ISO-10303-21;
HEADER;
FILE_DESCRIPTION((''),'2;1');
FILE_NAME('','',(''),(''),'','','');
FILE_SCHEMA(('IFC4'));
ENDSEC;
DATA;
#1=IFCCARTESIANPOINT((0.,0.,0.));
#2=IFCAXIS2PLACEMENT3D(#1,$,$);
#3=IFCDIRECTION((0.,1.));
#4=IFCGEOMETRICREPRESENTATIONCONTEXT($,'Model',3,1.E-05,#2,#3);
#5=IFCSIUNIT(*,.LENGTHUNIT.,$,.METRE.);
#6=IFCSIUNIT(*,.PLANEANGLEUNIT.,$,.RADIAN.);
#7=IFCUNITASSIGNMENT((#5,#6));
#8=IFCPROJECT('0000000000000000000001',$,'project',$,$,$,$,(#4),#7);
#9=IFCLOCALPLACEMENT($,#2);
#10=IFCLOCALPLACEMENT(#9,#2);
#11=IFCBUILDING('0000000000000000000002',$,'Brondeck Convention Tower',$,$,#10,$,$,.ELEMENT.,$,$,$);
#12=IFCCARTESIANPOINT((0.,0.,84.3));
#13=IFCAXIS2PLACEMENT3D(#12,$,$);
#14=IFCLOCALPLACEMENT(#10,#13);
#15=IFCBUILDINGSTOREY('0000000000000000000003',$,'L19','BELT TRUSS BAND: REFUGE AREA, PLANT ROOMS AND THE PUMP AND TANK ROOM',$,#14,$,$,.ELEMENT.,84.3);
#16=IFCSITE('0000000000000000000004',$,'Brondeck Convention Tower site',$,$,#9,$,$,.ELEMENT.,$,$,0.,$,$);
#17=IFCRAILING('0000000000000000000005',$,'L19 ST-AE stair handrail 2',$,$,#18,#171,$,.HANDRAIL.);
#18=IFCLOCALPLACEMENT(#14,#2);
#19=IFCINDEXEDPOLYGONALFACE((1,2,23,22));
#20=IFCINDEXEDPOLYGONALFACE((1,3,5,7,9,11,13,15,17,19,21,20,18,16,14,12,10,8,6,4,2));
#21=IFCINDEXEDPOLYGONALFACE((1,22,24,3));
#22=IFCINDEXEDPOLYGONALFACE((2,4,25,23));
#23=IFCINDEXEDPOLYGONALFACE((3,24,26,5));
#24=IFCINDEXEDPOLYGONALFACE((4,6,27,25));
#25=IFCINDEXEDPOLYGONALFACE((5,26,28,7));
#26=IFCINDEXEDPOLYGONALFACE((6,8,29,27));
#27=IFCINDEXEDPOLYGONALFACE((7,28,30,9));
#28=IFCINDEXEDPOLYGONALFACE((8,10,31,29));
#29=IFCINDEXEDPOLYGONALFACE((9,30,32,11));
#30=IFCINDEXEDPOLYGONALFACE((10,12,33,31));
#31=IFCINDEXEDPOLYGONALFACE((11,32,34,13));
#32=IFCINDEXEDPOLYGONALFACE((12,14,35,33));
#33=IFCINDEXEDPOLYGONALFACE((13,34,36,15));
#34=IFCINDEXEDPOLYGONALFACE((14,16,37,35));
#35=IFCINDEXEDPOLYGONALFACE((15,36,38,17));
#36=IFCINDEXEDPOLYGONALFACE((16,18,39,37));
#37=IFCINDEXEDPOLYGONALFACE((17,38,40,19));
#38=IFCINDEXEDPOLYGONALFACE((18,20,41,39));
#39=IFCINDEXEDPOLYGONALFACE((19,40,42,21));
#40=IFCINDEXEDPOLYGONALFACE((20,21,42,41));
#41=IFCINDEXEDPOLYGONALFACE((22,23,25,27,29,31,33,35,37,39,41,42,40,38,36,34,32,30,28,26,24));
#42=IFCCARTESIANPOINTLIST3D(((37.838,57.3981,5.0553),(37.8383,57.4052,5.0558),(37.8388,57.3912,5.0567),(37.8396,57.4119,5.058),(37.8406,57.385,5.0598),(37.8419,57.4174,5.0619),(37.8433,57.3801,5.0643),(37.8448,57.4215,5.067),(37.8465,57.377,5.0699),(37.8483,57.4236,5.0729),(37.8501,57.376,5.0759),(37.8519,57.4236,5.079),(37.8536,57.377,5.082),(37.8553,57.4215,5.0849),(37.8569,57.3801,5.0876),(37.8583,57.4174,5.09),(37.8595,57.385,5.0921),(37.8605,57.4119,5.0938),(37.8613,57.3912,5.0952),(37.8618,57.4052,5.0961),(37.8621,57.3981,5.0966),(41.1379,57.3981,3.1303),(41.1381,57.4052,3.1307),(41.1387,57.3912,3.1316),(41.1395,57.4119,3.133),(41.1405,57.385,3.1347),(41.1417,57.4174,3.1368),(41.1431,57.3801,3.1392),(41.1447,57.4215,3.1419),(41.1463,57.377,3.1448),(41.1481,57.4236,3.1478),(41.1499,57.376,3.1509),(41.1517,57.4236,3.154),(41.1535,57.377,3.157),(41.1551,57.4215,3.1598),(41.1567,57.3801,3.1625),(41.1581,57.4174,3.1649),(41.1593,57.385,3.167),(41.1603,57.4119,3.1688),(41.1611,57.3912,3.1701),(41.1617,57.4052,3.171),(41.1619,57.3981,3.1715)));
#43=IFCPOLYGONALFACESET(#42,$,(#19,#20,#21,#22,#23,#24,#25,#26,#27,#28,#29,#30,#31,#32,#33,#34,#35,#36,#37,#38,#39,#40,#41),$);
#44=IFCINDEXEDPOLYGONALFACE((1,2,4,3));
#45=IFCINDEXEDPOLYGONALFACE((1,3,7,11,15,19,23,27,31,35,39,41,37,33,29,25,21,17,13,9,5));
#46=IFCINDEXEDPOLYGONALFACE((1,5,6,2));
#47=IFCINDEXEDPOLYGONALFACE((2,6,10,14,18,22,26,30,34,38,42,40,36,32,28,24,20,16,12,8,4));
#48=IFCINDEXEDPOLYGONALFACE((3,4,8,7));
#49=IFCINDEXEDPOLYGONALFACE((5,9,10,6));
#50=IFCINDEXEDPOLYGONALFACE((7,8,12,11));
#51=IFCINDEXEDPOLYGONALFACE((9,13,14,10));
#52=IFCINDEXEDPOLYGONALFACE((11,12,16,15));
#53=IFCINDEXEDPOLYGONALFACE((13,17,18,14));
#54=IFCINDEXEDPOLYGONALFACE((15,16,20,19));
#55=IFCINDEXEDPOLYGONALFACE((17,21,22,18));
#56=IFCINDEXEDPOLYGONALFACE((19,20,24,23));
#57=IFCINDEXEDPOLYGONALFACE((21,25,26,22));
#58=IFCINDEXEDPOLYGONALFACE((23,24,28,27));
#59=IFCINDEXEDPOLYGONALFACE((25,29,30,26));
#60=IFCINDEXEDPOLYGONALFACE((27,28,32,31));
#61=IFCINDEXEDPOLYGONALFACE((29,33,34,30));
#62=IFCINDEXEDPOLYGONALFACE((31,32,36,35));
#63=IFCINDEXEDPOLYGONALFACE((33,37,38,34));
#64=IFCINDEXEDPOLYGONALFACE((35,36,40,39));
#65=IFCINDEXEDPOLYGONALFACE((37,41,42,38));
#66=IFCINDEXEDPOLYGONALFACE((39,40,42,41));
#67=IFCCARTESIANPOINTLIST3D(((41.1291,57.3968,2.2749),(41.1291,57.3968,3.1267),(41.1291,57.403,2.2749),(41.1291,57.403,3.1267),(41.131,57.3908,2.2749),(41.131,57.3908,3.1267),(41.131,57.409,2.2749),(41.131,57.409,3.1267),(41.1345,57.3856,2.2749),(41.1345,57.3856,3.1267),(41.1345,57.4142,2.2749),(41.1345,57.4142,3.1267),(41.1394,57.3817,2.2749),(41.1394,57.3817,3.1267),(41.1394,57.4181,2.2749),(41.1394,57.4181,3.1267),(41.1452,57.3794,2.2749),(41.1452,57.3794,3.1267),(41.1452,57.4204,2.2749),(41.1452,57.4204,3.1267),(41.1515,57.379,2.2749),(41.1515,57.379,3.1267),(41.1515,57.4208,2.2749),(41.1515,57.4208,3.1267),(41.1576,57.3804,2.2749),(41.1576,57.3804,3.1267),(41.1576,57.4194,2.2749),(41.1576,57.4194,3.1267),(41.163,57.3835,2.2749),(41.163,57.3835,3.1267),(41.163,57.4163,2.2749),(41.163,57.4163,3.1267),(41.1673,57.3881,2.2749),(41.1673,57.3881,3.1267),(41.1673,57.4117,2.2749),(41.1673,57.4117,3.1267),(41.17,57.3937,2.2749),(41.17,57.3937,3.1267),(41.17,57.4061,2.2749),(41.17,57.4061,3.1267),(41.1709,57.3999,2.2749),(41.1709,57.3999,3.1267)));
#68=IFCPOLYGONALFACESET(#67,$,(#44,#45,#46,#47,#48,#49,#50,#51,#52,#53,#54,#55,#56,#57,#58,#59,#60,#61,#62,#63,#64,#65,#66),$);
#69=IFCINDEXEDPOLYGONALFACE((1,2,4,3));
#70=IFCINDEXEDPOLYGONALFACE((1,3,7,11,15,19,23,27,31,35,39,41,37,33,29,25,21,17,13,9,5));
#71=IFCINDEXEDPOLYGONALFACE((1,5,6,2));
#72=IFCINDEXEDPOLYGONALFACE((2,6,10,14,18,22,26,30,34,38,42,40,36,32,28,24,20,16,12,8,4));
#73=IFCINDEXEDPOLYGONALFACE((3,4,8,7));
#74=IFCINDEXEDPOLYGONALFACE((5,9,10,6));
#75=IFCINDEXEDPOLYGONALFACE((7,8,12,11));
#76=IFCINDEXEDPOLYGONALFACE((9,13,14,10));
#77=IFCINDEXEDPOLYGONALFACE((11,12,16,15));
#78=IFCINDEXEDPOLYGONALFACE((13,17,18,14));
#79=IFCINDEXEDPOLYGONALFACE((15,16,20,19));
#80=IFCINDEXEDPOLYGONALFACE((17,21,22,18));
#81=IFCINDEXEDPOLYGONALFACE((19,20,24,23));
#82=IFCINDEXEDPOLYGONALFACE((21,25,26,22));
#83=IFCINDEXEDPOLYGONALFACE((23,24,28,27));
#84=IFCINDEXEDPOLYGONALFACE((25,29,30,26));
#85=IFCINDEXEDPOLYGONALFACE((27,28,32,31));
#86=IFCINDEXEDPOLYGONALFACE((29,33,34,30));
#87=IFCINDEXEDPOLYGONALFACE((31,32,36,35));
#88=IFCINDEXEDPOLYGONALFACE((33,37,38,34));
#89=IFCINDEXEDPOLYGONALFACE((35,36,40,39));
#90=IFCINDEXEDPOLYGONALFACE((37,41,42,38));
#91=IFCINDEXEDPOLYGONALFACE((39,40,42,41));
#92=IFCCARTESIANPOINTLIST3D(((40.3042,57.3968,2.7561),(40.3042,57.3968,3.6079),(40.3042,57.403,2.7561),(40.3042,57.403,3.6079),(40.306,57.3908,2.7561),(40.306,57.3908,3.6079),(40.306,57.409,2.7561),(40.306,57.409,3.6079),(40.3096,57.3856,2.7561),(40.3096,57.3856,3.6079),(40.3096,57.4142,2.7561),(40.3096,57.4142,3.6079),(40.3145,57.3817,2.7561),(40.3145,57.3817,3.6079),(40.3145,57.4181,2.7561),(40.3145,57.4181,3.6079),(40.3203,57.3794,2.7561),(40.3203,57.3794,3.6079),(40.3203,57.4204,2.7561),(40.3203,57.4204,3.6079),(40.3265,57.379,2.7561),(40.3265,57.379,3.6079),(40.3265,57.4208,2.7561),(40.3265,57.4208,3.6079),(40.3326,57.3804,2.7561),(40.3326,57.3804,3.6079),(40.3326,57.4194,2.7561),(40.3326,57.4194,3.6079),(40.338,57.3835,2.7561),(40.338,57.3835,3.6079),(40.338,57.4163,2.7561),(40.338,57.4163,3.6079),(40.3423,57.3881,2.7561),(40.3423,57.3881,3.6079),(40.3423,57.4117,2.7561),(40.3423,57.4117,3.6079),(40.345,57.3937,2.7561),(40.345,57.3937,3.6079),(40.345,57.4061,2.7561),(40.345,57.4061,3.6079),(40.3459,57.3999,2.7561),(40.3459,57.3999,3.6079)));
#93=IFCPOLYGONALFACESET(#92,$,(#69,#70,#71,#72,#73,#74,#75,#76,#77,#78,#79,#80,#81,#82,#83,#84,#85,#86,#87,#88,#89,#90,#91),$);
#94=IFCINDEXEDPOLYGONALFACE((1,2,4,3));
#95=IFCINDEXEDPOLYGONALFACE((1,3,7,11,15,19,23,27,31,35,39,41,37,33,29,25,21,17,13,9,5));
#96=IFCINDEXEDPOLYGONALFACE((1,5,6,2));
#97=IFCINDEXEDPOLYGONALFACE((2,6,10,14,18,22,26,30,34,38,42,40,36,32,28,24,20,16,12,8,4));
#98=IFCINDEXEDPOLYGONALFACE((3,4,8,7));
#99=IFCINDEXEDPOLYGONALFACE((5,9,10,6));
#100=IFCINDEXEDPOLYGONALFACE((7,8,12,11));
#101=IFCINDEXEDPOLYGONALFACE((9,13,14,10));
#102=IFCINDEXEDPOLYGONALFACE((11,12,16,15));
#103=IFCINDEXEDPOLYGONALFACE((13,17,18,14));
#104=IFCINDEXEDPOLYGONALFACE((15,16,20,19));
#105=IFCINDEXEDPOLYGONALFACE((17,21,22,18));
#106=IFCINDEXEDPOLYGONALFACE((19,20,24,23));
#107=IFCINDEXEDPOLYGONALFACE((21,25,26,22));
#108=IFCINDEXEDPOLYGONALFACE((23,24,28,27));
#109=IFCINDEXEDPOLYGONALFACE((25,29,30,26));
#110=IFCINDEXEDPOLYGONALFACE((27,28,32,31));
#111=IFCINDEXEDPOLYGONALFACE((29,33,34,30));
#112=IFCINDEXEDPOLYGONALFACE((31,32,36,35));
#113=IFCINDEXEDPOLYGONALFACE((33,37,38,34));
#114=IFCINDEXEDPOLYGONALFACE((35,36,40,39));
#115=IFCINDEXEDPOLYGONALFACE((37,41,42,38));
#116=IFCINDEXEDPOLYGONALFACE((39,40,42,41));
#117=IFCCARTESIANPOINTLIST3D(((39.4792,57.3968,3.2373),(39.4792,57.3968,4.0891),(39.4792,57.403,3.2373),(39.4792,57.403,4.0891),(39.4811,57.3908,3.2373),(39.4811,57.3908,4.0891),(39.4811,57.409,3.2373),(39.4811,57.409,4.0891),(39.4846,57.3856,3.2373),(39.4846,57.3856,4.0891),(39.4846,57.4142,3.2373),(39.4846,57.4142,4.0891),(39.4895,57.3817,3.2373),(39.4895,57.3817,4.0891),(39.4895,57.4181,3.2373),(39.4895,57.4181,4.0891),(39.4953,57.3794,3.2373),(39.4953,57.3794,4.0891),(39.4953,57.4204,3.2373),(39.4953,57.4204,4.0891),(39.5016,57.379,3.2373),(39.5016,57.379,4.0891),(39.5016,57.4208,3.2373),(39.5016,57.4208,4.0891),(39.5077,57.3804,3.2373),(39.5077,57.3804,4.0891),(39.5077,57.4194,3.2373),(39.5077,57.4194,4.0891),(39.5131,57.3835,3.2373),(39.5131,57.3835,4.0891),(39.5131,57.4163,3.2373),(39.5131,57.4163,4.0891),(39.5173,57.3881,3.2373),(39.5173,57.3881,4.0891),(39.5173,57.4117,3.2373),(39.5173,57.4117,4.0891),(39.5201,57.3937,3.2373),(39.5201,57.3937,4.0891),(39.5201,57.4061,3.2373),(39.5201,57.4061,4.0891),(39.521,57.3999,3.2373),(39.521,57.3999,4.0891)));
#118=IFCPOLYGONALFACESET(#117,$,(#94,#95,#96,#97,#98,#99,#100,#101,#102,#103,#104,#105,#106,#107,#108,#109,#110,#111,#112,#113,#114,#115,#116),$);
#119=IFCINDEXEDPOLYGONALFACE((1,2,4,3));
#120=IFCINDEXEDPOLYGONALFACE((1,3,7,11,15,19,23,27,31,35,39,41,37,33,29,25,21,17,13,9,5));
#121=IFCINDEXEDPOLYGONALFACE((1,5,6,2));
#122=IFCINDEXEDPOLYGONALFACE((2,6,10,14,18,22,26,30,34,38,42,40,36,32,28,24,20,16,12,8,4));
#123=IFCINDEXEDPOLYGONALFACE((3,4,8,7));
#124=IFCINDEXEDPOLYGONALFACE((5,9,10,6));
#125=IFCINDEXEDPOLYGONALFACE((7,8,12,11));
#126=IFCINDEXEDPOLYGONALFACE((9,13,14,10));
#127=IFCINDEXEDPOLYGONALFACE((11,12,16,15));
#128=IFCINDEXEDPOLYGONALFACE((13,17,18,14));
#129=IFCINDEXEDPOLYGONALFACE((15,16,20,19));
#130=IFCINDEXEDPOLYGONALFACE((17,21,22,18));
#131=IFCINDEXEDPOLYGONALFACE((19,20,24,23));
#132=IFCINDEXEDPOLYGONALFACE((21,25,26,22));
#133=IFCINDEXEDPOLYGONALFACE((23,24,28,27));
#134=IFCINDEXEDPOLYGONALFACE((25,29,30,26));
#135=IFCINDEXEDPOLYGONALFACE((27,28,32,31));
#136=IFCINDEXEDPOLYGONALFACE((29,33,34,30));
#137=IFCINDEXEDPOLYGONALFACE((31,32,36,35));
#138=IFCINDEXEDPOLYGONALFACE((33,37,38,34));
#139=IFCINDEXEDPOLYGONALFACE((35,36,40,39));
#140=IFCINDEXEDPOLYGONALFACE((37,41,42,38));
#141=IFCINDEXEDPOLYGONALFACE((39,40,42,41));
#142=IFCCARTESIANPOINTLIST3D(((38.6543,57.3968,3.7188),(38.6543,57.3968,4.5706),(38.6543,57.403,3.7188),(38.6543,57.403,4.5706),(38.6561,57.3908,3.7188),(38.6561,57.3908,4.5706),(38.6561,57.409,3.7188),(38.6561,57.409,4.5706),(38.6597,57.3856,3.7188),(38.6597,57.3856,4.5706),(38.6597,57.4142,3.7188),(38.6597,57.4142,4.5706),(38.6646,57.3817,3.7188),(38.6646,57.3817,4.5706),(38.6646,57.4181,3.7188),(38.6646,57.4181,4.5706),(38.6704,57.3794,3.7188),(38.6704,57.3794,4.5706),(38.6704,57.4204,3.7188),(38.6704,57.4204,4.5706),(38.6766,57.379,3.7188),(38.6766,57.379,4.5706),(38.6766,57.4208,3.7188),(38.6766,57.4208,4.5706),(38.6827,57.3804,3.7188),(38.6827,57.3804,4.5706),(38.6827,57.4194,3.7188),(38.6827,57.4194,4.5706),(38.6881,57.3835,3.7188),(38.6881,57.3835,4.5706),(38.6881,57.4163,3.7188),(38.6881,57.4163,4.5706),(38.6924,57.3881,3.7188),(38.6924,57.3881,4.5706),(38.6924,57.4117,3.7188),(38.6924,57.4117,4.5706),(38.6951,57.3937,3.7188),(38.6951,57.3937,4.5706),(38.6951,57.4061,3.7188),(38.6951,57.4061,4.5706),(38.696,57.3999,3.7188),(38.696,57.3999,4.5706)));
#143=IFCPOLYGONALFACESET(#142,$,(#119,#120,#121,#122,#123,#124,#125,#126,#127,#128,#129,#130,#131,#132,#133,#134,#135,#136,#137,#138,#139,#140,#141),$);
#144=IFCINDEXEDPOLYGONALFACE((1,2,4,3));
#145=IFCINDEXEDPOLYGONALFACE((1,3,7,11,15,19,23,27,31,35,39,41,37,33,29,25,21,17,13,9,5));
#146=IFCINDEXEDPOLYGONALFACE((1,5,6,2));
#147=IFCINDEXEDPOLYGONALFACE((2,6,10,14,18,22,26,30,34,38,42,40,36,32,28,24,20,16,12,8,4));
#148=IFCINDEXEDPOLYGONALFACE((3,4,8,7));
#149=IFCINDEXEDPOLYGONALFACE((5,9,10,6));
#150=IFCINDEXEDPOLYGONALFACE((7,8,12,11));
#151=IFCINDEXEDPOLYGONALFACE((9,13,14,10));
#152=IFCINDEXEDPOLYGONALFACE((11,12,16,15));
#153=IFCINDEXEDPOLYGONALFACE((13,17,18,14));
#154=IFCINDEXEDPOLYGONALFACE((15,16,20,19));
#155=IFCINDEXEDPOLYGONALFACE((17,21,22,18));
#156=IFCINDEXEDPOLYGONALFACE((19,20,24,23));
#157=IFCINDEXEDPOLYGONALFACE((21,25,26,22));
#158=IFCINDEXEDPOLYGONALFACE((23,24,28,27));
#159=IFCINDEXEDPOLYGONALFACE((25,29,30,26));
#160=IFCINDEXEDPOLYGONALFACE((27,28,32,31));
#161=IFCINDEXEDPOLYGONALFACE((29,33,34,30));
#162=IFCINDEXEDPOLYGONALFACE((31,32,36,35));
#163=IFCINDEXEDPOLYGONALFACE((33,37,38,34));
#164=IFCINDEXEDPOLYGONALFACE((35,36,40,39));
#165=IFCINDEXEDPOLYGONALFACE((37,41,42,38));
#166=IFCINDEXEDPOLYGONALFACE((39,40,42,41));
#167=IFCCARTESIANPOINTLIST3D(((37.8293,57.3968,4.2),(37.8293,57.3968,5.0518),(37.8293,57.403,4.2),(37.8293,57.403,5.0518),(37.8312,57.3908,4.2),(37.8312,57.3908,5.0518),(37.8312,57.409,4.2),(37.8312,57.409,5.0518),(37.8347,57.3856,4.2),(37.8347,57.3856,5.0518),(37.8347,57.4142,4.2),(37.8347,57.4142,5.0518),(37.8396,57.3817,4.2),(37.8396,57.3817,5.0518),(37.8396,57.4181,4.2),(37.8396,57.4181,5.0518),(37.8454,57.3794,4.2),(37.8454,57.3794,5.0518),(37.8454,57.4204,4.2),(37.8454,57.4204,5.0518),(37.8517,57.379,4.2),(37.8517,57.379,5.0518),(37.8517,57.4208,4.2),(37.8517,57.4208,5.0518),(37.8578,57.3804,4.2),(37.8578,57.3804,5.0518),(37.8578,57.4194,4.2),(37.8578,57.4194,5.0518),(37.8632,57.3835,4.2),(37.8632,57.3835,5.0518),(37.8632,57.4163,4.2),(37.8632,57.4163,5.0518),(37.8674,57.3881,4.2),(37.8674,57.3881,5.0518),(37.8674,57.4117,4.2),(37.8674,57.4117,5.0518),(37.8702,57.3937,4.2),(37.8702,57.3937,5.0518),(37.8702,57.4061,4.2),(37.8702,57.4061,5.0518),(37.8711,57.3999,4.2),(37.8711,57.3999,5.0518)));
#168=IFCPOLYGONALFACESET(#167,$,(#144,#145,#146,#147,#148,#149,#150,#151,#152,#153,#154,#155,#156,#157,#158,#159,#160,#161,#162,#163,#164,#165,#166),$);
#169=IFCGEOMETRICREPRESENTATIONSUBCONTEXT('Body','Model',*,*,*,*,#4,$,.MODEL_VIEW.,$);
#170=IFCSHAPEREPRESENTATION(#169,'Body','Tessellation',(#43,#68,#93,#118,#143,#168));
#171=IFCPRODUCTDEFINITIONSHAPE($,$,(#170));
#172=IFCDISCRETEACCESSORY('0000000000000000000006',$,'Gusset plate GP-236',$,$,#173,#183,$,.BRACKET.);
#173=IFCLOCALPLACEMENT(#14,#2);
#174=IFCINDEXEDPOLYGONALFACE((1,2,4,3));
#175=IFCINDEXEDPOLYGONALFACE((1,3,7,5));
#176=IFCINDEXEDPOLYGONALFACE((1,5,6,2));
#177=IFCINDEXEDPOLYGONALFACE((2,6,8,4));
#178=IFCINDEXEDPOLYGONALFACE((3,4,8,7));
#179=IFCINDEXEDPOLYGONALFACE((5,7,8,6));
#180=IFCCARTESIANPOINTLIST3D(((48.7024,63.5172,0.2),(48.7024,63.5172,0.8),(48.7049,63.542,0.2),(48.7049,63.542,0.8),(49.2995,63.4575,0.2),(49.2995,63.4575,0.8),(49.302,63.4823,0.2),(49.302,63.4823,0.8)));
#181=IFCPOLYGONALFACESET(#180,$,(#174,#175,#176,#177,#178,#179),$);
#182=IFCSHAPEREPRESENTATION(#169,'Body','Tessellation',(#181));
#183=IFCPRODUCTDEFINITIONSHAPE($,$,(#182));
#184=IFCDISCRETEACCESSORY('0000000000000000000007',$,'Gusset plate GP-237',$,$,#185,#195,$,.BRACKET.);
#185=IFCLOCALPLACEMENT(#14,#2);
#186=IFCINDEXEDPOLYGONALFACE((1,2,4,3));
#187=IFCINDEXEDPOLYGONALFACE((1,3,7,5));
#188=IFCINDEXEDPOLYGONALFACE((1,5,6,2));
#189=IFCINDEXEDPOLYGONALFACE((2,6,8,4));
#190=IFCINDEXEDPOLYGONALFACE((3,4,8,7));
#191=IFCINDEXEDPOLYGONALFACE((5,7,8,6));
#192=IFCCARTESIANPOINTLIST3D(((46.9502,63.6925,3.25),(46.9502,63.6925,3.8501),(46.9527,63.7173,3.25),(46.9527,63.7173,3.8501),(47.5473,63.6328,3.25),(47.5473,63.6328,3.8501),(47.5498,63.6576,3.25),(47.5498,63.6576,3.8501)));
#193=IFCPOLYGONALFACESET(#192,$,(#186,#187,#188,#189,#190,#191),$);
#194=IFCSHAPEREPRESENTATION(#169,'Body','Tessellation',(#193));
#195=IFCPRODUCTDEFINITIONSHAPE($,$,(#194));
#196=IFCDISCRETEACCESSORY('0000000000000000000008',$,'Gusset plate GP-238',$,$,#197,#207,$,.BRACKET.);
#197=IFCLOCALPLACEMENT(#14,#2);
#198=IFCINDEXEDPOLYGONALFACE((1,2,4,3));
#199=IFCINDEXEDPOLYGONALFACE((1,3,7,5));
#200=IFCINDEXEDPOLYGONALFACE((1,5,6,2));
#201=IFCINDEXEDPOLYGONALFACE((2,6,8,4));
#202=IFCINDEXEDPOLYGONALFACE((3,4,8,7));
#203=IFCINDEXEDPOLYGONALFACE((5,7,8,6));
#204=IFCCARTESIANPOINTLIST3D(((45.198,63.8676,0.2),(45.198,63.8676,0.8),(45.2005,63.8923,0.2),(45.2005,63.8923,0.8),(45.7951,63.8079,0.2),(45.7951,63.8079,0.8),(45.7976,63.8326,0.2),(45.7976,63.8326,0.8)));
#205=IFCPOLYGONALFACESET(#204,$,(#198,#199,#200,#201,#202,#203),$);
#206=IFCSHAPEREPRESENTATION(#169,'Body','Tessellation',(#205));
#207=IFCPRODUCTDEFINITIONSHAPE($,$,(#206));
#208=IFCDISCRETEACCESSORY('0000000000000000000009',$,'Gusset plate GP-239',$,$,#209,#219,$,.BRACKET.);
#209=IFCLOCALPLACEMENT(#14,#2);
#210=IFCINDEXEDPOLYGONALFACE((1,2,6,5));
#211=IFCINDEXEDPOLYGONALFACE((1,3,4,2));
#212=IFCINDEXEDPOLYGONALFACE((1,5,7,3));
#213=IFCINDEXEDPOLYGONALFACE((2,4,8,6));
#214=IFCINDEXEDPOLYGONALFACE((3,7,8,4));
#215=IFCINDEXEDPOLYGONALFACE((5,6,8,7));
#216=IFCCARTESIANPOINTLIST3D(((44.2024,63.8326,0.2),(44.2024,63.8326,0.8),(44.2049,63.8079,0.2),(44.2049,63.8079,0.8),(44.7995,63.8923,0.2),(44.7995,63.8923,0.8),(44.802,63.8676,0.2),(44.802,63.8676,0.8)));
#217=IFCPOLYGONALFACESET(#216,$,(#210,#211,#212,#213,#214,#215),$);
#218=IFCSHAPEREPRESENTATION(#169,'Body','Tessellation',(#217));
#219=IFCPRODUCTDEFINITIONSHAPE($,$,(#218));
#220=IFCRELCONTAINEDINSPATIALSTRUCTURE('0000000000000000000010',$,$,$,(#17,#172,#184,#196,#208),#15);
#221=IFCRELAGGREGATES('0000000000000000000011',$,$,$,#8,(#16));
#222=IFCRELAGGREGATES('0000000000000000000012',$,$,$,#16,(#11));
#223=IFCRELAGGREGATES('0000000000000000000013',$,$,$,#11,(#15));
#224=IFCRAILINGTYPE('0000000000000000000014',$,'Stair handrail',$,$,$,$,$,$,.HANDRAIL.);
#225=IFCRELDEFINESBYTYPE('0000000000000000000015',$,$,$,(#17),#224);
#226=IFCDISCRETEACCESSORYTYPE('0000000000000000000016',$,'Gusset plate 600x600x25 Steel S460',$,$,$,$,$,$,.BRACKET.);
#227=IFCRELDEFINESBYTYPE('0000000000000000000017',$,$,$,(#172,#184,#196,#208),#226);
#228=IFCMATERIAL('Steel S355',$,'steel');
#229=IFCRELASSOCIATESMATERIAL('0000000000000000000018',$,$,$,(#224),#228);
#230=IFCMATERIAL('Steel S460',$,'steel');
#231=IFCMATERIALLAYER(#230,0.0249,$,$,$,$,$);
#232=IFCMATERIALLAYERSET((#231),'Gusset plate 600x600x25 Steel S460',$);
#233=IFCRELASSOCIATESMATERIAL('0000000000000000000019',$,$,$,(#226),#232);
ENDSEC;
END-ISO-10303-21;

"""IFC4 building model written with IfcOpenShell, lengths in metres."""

from ifc_helpers import new_model, si_unit, direction, frame, origin, origin_2d, place, context, subcontext, project, spatial, rectangle, circle, extrude, material, layer, layer_set, type_object, element, save


model = new_model("IFC4")

# Units and contexts
model_context = context("Model", 3, precision=1e-05, world=origin(), true_north=direction((0.0, 1.0)))
body_context = subcontext(model_context, "Body", "Model", "MODEL_VIEW")
ifc_project = project(units=[si_unit("LENGTHUNIT", "METRE"), si_unit("PLANEANGLEUNIT", "RADIAN")], contexts=[model_context])

# Site, building, storey
site_placement = place(None, origin())
site = spatial("IfcSite", under=ifc_project, at=site_placement, Name="Brondeck Convention Tower site", CompositionType="ELEMENT", RefElevation=0.0)
building_placement = place(site_placement, origin())
building = spatial("IfcBuilding", under=site, at=building_placement, Name="Brondeck Convention Tower", CompositionType="ELEMENT")
storey_placement = place(building_placement, frame((0.0, 0.0, 84.3)))
storey = spatial("IfcBuildingStorey", under=building, at=storey_placement, Name="L19", Description="BELT TRUSS BAND: REFUGE AREA, PLANT ROOMS AND THE PUMP AND TANK ROOM", CompositionType="ELEMENT", Elevation=84.3)

# Shared definitions
ifc_material_1 = material(Name="Steel S460", Category="steel")

# Railing
ifc_material_2 = material(Name="Steel S355", Category="steel")
railing_type_1 = type_object("IfcRailingType", Name="Stair handrail", PredefinedType="HANDRAIL", material=ifc_material_2)
railing_1_placement = place(storey_placement, frame((41.1499, 57.3999, 2.2749)))
element("IfcRailing", 1, at=railing_1_placement, inside=storey, type_object=railing_type_1, Name="L19 ST-AE stair handrail 2", PredefinedType="HANDRAIL", context=body_context, shape_type="SweptSolid", body=[
    extrude(circle(Radius=0.0239, at=origin_2d()), frame((0.0, 0.0, 0.876), z_axis=(-0.86376, 0.0, 0.503903), x_axis=(0.0, -1.0, 0.0)), (0.0, 0.0, 1.0), 3.8203),
    extrude(circle(Radius=0.021, at=origin_2d()), origin(), (0.0, 0.0, 1.0), 0.8518),
    extrude(circle(Radius=0.021, at=origin_2d()), frame((-0.825, 0.0, 0.4812)), (0.0, 0.0, 1.0), 0.8518),
    extrude(circle(Radius=0.021, at=origin_2d()), frame((-1.6499, 0.0, 0.9624)), (0.0, 0.0, 1.0), 0.8518),
    extrude(circle(Radius=0.021, at=origin_2d()), frame((-2.4749, 0.0, 1.4438)), (0.0, 0.0, 1.0), 0.8518),
    extrude(circle(Radius=0.021, at=origin_2d()), frame((-3.2998, 0.0, 1.925)), (0.0, 0.0, 1.0), 0.8518),
])

# Discrete accessories
ifc_layer = layer(ifc_material_1, 0.0249)
ifc_layer_set = layer_set([ifc_layer], Name="Gusset plate 600x600x25 Steel S460")
discrete_accessory_type = type_object("IfcDiscreteAccessoryType", Name="Gusset plate 600x600x25 Steel S460", PredefinedType="BRACKET", material=ifc_layer_set)
for number, where, z_axis, x_axis, name in (
    (2, (49.0022, 63.4998, 0.2), (0.0, 0.0, 1.0), (-0.995036, 0.099511, 0.0), "Gusset plate GP-236"),
    (3, (47.25, 63.675, 3.25), (0.0, 0.0, 1.0), (-0.995036, 0.099511, 0.0), "Gusset plate GP-237"),
    (4, (45.4978, 63.8501, 0.2), (0.0, 0.0, 1.0), (-0.995036, 0.099511, 0.0), "Gusset plate GP-238"),
    (5, (44.5022, 63.8501, 0.2), (0.0, 0.0, 1.0), (0.995036, 0.099511, 0.0), "Gusset plate GP-239"),
):
    element("IfcDiscreteAccessory", number, at=place(storey_placement, frame(where, z_axis=z_axis, x_axis=x_axis)), inside=storey, type_object=discrete_accessory_type, Name=name, PredefinedType="BRACKET", context=body_context, shape_type="SweptSolid", body=[
        extrude(rectangle(XDim=0.6001, YDim=0.0249, at=origin_2d()), origin(), (0.0, 0.0, 1.0), 0.6001),
    ])

save(model, "model.ifc")
